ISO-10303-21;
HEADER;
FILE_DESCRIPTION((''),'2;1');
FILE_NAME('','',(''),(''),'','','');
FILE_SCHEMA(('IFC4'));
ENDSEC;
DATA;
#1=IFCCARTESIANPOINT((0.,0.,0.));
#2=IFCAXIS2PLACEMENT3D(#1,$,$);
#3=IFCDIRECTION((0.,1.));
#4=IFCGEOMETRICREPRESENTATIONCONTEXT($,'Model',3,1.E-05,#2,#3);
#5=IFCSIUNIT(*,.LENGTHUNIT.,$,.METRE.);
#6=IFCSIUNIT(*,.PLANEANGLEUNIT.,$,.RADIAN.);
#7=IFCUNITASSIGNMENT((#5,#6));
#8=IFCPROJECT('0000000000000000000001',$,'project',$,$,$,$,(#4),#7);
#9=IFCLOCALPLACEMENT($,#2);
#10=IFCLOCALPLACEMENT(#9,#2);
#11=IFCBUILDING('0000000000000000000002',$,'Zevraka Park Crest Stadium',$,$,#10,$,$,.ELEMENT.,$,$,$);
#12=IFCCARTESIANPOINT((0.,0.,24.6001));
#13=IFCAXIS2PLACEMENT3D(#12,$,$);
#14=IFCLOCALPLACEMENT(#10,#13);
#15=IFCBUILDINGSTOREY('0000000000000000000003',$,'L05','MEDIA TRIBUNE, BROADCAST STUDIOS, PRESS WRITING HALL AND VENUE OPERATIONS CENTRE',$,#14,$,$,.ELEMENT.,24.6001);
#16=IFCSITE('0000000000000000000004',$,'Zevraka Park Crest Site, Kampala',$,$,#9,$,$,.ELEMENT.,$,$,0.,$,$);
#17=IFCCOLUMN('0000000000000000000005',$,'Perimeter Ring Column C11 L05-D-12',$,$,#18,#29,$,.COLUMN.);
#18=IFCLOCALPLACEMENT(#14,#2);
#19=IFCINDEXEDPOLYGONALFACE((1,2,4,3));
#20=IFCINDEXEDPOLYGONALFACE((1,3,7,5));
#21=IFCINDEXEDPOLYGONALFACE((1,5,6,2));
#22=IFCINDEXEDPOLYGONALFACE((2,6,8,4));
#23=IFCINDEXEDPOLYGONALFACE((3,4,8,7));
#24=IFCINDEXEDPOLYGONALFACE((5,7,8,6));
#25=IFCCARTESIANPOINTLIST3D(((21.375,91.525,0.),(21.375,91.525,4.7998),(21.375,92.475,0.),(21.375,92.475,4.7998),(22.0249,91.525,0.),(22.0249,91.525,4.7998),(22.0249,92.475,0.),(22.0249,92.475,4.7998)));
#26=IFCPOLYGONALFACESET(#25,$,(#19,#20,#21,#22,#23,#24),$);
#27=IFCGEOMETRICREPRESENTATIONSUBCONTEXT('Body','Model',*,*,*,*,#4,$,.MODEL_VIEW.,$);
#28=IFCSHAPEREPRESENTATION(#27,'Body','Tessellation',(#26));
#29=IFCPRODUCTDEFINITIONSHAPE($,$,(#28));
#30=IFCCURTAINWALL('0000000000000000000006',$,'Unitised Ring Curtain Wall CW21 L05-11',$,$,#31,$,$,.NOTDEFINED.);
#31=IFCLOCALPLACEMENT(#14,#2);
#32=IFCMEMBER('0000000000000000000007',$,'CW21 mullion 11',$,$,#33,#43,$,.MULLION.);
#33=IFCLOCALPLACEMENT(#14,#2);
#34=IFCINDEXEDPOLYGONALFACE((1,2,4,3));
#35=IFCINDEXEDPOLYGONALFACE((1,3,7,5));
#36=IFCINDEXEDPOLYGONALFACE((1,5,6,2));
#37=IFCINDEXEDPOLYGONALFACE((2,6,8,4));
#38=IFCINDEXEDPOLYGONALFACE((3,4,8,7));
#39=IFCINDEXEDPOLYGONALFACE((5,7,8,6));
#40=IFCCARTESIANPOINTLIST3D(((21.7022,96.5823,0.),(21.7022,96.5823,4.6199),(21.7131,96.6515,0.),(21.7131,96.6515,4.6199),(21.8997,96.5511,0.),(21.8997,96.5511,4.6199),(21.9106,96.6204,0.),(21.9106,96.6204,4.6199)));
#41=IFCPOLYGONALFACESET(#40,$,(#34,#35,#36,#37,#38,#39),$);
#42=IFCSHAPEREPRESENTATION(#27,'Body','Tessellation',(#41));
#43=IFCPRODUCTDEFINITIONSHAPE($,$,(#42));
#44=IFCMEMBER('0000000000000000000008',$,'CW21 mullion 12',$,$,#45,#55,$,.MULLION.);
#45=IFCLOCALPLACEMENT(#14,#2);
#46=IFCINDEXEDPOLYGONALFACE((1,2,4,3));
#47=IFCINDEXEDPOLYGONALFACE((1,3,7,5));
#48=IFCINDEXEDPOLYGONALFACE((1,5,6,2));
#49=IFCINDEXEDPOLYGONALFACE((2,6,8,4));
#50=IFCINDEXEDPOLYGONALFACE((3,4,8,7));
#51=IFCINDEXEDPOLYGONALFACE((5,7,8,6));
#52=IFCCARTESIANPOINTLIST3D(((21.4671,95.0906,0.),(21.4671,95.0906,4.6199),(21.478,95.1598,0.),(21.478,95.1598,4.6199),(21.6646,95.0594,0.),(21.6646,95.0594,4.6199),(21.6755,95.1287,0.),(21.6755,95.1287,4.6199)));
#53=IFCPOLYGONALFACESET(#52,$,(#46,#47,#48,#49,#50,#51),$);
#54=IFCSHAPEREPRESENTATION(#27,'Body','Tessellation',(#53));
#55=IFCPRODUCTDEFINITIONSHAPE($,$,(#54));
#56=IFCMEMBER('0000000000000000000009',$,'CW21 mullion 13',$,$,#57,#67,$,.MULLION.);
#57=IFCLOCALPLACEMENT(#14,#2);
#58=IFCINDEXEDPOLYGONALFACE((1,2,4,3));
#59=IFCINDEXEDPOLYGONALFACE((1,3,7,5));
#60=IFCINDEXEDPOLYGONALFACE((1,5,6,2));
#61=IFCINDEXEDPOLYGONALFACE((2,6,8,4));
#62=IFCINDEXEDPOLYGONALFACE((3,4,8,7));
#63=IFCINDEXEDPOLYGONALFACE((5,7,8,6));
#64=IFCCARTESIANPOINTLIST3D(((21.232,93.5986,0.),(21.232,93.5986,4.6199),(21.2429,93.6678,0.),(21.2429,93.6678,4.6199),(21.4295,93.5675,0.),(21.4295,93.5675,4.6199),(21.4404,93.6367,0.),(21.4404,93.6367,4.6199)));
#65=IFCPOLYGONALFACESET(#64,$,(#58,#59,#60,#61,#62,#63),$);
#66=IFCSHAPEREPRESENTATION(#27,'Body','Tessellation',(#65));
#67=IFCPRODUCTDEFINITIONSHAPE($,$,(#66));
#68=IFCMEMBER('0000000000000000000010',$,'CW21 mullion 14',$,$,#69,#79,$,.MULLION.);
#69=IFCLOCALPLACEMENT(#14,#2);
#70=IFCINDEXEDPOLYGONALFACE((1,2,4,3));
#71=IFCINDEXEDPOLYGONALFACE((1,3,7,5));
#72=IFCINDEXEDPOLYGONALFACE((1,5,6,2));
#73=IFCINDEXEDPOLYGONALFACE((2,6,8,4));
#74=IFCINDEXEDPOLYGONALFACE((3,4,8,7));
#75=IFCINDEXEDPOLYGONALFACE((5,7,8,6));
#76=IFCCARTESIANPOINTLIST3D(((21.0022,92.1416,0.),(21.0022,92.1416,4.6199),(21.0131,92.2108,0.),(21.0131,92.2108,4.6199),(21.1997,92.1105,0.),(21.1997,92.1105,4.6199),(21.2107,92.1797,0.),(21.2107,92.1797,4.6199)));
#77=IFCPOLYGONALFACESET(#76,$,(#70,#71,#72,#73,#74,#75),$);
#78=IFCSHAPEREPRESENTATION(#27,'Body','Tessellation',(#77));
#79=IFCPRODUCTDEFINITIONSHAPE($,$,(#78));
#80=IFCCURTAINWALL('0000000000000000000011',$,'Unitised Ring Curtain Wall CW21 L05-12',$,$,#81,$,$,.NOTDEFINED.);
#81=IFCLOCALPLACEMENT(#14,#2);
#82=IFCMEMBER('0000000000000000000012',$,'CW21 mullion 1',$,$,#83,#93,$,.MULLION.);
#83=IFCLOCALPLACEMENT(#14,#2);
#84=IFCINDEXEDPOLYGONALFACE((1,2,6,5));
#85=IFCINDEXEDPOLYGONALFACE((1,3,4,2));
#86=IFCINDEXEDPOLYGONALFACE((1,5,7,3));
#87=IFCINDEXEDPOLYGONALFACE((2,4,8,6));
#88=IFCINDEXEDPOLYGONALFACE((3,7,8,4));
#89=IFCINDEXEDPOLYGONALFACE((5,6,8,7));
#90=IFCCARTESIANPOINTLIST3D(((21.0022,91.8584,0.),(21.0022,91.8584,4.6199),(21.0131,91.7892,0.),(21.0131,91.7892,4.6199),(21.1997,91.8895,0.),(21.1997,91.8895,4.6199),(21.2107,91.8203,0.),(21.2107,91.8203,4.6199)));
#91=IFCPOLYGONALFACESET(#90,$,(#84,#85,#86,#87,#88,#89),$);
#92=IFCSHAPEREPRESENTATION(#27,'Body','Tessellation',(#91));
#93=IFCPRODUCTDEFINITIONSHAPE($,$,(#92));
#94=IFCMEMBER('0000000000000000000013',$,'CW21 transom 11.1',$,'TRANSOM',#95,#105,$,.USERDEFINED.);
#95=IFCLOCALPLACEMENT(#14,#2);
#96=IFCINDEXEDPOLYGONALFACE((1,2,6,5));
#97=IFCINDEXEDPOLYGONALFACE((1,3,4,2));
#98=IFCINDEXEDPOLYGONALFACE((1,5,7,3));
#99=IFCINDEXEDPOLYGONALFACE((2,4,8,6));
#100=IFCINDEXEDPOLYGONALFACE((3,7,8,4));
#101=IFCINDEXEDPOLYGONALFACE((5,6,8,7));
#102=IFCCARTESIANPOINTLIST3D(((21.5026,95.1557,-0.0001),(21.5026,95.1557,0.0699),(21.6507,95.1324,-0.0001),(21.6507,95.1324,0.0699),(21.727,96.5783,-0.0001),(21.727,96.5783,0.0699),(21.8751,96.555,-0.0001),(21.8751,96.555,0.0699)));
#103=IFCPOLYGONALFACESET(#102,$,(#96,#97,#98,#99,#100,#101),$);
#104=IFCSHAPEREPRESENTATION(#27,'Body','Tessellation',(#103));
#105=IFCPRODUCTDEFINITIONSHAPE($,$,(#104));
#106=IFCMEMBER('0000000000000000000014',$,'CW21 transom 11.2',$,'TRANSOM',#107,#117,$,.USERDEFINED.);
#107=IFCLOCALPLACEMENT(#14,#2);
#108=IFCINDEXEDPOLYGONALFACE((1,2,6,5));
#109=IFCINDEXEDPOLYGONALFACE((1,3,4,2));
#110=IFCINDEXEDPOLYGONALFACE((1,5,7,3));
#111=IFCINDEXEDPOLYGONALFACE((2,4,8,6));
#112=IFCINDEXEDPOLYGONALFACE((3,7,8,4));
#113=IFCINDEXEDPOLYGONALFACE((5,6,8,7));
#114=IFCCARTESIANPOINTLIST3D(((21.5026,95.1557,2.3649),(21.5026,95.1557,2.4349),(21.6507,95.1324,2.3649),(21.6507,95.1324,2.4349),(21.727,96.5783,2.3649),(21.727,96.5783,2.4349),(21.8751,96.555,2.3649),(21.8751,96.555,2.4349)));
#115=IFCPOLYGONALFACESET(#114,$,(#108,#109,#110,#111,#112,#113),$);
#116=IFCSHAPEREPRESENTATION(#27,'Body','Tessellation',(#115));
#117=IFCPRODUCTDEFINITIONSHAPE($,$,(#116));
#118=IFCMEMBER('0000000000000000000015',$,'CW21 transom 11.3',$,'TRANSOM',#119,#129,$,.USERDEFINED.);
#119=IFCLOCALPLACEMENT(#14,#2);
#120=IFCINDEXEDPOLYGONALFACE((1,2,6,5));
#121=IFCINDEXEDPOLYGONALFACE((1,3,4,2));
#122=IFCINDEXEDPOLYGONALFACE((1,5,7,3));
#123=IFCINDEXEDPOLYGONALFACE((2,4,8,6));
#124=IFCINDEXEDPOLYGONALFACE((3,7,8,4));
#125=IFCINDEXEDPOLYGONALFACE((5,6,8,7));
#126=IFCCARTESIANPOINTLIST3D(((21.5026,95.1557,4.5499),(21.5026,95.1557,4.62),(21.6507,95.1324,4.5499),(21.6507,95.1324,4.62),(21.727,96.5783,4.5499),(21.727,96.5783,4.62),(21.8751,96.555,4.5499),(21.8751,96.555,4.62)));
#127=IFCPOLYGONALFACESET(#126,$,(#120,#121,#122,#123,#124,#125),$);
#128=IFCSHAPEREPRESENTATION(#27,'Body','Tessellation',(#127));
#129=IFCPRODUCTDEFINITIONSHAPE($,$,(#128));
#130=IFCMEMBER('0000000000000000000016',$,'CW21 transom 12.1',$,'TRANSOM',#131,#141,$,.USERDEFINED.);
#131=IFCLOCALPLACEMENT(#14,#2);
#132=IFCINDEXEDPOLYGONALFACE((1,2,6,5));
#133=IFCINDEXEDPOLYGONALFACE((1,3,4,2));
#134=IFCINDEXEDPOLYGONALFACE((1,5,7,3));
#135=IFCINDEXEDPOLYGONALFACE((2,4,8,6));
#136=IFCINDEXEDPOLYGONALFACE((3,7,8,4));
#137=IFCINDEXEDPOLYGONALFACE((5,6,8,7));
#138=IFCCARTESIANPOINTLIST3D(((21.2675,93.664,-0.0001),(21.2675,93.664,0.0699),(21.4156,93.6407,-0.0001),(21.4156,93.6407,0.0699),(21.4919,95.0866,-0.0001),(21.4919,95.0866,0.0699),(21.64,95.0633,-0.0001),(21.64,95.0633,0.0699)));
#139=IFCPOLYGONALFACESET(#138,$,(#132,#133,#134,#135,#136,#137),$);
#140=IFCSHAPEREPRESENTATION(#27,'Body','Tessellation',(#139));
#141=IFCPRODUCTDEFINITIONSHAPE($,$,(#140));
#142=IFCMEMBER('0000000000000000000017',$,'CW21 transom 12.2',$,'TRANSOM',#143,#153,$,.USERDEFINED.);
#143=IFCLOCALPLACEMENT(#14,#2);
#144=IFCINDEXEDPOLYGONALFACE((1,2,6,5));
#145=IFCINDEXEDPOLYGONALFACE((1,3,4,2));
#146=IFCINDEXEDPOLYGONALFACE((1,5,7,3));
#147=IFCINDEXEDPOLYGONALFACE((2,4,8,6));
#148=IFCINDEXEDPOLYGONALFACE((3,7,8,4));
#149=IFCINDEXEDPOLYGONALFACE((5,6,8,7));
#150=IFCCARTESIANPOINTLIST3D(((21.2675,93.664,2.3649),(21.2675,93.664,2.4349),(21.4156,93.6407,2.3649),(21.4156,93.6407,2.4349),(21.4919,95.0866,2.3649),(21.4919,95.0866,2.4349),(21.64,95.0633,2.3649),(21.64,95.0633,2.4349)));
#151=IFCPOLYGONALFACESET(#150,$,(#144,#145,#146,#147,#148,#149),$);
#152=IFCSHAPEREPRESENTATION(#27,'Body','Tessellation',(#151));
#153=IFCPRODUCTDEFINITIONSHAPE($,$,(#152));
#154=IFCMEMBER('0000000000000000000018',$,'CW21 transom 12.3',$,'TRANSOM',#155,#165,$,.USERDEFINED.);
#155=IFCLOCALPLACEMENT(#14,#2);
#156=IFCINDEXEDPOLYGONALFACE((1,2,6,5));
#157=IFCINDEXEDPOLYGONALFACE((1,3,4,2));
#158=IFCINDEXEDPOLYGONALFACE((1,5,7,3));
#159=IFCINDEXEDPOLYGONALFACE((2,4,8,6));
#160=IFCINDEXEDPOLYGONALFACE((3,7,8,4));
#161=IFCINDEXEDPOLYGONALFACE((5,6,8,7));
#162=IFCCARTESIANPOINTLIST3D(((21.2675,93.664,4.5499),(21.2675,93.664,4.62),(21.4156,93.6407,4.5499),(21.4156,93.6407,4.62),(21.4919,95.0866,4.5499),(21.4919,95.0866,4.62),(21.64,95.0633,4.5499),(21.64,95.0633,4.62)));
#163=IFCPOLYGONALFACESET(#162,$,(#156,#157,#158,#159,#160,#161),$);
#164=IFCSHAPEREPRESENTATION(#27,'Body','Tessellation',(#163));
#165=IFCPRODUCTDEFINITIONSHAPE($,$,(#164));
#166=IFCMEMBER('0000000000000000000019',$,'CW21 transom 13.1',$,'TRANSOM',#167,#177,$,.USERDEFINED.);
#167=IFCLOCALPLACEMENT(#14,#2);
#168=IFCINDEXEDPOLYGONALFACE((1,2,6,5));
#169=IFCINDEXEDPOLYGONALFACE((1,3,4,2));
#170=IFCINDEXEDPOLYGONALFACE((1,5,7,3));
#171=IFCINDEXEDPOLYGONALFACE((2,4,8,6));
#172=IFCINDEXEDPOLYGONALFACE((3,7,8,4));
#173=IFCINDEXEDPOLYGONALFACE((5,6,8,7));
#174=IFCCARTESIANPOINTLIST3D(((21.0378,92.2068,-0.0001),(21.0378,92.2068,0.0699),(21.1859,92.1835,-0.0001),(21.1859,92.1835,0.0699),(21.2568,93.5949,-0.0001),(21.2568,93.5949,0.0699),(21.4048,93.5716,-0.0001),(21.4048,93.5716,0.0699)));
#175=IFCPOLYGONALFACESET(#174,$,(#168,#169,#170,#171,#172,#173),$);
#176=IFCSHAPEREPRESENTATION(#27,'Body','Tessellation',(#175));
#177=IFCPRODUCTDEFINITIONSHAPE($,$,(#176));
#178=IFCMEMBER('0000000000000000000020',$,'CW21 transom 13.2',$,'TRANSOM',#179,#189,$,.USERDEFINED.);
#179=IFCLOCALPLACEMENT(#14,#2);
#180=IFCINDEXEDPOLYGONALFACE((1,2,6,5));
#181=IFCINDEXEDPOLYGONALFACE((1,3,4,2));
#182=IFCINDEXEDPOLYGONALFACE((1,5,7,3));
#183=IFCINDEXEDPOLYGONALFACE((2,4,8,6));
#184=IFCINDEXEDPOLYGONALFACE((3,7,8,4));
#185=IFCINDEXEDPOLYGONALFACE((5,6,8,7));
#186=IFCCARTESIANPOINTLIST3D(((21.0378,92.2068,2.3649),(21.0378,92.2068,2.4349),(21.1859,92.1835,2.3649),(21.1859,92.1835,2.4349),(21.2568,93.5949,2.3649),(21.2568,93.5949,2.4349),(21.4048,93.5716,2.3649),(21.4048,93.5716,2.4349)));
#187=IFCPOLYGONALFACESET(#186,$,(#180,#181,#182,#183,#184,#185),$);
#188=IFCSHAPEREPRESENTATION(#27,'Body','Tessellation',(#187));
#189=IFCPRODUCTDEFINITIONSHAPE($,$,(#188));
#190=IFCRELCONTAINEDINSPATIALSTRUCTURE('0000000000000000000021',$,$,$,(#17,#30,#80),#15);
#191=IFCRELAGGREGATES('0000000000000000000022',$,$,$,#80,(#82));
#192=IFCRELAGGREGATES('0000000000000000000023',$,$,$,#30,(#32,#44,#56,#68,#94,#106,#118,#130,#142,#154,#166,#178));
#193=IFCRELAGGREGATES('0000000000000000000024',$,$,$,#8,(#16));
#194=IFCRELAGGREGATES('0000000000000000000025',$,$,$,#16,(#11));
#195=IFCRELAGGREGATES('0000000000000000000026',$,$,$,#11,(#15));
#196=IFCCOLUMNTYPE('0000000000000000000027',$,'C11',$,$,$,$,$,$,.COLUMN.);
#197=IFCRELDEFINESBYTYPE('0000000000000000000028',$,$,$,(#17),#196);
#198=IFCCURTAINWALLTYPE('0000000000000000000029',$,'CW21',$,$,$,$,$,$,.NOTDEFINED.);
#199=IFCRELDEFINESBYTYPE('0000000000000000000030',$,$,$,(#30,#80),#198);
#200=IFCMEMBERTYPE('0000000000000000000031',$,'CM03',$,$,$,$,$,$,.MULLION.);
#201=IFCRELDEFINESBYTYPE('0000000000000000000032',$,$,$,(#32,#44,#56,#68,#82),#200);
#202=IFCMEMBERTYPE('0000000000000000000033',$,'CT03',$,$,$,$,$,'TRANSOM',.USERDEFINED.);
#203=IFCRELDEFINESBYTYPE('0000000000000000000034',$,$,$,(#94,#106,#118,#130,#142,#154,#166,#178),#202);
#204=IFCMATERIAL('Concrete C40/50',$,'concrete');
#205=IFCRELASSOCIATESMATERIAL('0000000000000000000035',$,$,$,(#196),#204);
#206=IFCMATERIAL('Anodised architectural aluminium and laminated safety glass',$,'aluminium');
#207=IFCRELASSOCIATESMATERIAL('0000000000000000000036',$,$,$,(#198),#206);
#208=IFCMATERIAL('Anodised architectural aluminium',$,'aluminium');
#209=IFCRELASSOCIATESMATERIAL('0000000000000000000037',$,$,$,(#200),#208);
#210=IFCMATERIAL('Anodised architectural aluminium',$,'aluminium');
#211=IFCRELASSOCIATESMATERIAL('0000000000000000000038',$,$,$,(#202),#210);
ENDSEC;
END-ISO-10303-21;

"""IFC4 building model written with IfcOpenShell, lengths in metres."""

from ifc_helpers import new_model, si_unit, direction, frame, origin, origin_2d, place, context, subcontext, project, spatial, rectangle, extrude, material, material_profile, profile_set, type_object, element, aggregate, save


model = new_model("IFC4")

# Units and contexts
model_context = context("Model", 3, precision=1e-05, world=origin(), true_north=direction((0.0, 1.0)))
body_context = subcontext(model_context, "Body", "Model", "MODEL_VIEW")
ifc_project = project(units=[si_unit("LENGTHUNIT", "METRE"), si_unit("PLANEANGLEUNIT", "RADIAN")], contexts=[model_context])

# Site, building, storey
site_placement = place(None, origin())
site = spatial("IfcSite", under=ifc_project, at=site_placement, Name="Zevraka Park Crest Site, Kampala", CompositionType="ELEMENT", RefElevation=0.0)
building_placement = place(site_placement, origin())
building = spatial("IfcBuilding", under=site, at=building_placement, Name="Zevraka Park Crest Stadium", CompositionType="ELEMENT")
storey_placement = place(building_placement, frame((0.0, 0.0, 24.6001)))
storey = spatial("IfcBuildingStorey", under=building, at=storey_placement, Name="L05", Description="MEDIA TRIBUNE, BROADCAST STUDIOS, PRESS WRITING HALL AND VENUE OPERATIONS CENTRE", CompositionType="ELEMENT", Elevation=24.6001)

# Column
ifc_material_1 = material(Name="Concrete C40/50", Category="concrete")
ifc_material_profile_1 = material_profile(ifc_material_1, rectangle(XDim=0.6499, YDim=0.95, at=origin_2d()), Name="RC 950x650")
ifc_profile_set_1 = profile_set([ifc_material_profile_1], Name="Concrete C40/50")
column_type = type_object("IfcColumnType", Name="C11", PredefinedType="COLUMN", material=ifc_profile_set_1)
column_placement = place(storey_placement, frame((21.7, 92.0, 0.0), z_axis=(0.0, 0.0, 1.0), x_axis=(1.0, 0.0, 0.0)))
element("IfcColumn", 1, at=column_placement, inside=storey, type_object=column_type, Name="Perimeter Ring Column C11 L05-D-12", PredefinedType="COLUMN", context=body_context, shape_type="SweptSolid", body=[
    extrude(rectangle(XDim=0.6499, YDim=0.95, at=origin_2d()), origin(), (0.0, 0.0, 1.0), 4.7998),
])

# Curtain wall, members
ifc_material_2 = material(Name="Anodised architectural aluminium and laminated safety glass", Category="aluminium")
curtain_wall_type = type_object("IfcCurtainWallType", Name="CW21", PredefinedType="NOTDEFINED", material=ifc_material_2)
curtain_wall_1_placement = place(storey_placement, origin())
curtain_wall_1 = element("IfcCurtainWall", 2, at=curtain_wall_1_placement, inside=storey, type_object=curtain_wall_type, Name="Unitised Ring Curtain Wall CW21 L05-11", PredefinedType="NOTDEFINED")
ifc_material_3 = material(Name="Anodised architectural aluminium", Category="aluminium")
ifc_material_profile_2 = material_profile(ifc_material_3, rectangle(XDim=0.2, YDim=0.0701, at=origin_2d()), Name="ALU MULLION 200x70")
ifc_profile_set_2 = profile_set([ifc_material_profile_2], Name="Anodised architectural aluminium")
member_type_1 = type_object("IfcMemberType", Name="CM03", PredefinedType="MULLION", material=ifc_profile_set_2)
member_1_placement = place(storey_placement, frame((21.8064, 96.6013, 0.0), z_axis=(0.0, 0.0, 1.0), x_axis=(0.987803, -0.155711, 0.0)))
member_1 = element("IfcMember", 3, at=member_1_placement, type_object=member_type_1, Name="CW21 mullion 11", PredefinedType="MULLION", context=body_context, shape_type="SweptSolid", body=[
    extrude(rectangle(XDim=0.2, YDim=0.0701, at=origin_2d()), origin(), (0.0, 0.0, 1.0), 4.6199),
])
member_2_placement = place(storey_placement, frame((21.5713, 95.1096, 0.0), z_axis=(0.0, 0.0, 1.0), x_axis=(0.987803, -0.155711, 0.0)))
member_2 = element("IfcMember", 4, at=member_2_placement, type_object=member_type_1, Name="CW21 mullion 12", PredefinedType="MULLION", context=body_context, shape_type="SweptSolid", body=[
    extrude(rectangle(XDim=0.2, YDim=0.0701, at=origin_2d()), origin(), (0.0, 0.0, 1.0), 4.6199),
])
member_3_placement = place(storey_placement, frame((21.3362, 93.6177, 0.0), z_axis=(0.0, 0.0, 1.0), x_axis=(0.987803, -0.155711, 0.0)))
member_3 = element("IfcMember", 5, at=member_3_placement, type_object=member_type_1, Name="CW21 mullion 13", PredefinedType="MULLION", context=body_context, shape_type="SweptSolid", body=[
    extrude(rectangle(XDim=0.2, YDim=0.0701, at=origin_2d()), origin(), (0.0, 0.0, 1.0), 4.6199),
])
member_4_placement = place(storey_placement, frame((21.1064, 92.1606, 0.0), z_axis=(0.0, 0.0, 1.0), x_axis=(0.987803, -0.155711, 0.0)))
member_4 = element("IfcMember", 6, at=member_4_placement, type_object=member_type_1, Name="CW21 mullion 14", PredefinedType="MULLION", context=body_context, shape_type="SweptSolid", body=[
    extrude(rectangle(XDim=0.2, YDim=0.0701, at=origin_2d()), origin(), (0.0, 0.0, 1.0), 4.6199),
])

# Curtain wall, member
curtain_wall_2_placement = place(storey_placement, origin())
curtain_wall_2 = element("IfcCurtainWall", 7, at=curtain_wall_2_placement, inside=storey, type_object=curtain_wall_type, Name="Unitised Ring Curtain Wall CW21 L05-12", PredefinedType="NOTDEFINED")
member_5_placement = place(storey_placement, frame((21.1064, 91.8394, 0.0), z_axis=(0.0, 0.0, 1.0), x_axis=(0.987803, 0.155711, 0.0)))
member_5 = element("IfcMember", 8, at=member_5_placement, type_object=member_type_1, Name="CW21 mullion 1", PredefinedType="MULLION", context=body_context, shape_type="SweptSolid", body=[
    extrude(rectangle(XDim=0.2, YDim=0.0701, at=origin_2d()), origin(), (0.0, 0.0, 1.0), 4.6199),
])

# Members
ifc_material_4 = material(Name="Anodised architectural aluminium", Category="aluminium")
ifc_material_profile_3 = material_profile(ifc_material_4, rectangle(XDim=0.1499, YDim=0.0701, at=origin_2d()), Name="ALU TRANSOM 150x70")
ifc_profile_set_3 = profile_set([ifc_material_profile_3], Name="Anodised architectural aluminium")
member_type_2 = type_object("IfcMemberType", Name="CT03", ElementType="TRANSOM", PredefinedType="USERDEFINED", material=ifc_profile_set_3)
member_6_placement = place(storey_placement, frame((21.801, 96.5667, 0.0349), z_axis=(-0.155788, -0.98779, 0.0), x_axis=(0.98779, -0.155788, 0.0)))
member_6 = element("IfcMember", 9, at=member_6_placement, type_object=member_type_2, Name="CW21 transom 11.1", ObjectType="TRANSOM", PredefinedType="USERDEFINED", context=body_context, shape_type="SweptSolid", body=[
    extrude(rectangle(XDim=0.1499, YDim=0.0701, at=origin_2d()), origin(), (0.0, 0.0, 1.0), 1.4402),
])
member_7_placement = place(storey_placement, frame((21.801, 96.5667, 2.3999), z_axis=(-0.155788, -0.98779, 0.0), x_axis=(0.98779, -0.155788, 0.0)))
member_7 = element("IfcMember", 10, at=member_7_placement, type_object=member_type_2, Name="CW21 transom 11.2", ObjectType="TRANSOM", PredefinedType="USERDEFINED", context=body_context, shape_type="SweptSolid", body=[
    extrude(rectangle(XDim=0.1499, YDim=0.0701, at=origin_2d()), origin(), (0.0, 0.0, 1.0), 1.4402),
])
member_8_placement = place(storey_placement, frame((21.801, 96.5667, 4.585), z_axis=(-0.155788, -0.98779, 0.0), x_axis=(0.98779, -0.155788, 0.0)))
member_8 = element("IfcMember", 11, at=member_8_placement, type_object=member_type_2, Name="CW21 transom 11.3", ObjectType="TRANSOM", PredefinedType="USERDEFINED", context=body_context, shape_type="SweptSolid", body=[
    extrude(rectangle(XDim=0.1499, YDim=0.0701, at=origin_2d()), origin(), (0.0, 0.0, 1.0), 1.4402),
])
member_9_placement = place(storey_placement, frame((21.5659, 95.075, 0.0349), z_axis=(-0.155788, -0.98779, 0.0), x_axis=(0.98779, -0.155788, 0.0)))
member_9 = element("IfcMember", 12, at=member_9_placement, type_object=member_type_2, Name="CW21 transom 12.1", ObjectType="TRANSOM", PredefinedType="USERDEFINED", context=body_context, shape_type="SweptSolid", body=[
    extrude(rectangle(XDim=0.1499, YDim=0.0701, at=origin_2d()), origin(), (0.0, 0.0, 1.0), 1.4402),
])
member_10_placement = place(storey_placement, frame((21.5659, 95.075, 2.3999), z_axis=(-0.155788, -0.98779, 0.0), x_axis=(0.98779, -0.155788, 0.0)))
member_10 = element("IfcMember", 13, at=member_10_placement, type_object=member_type_2, Name="CW21 transom 12.2", ObjectType="TRANSOM", PredefinedType="USERDEFINED", context=body_context, shape_type="SweptSolid", body=[
    extrude(rectangle(XDim=0.1499, YDim=0.0701, at=origin_2d()), origin(), (0.0, 0.0, 1.0), 1.4402),
])
member_11_placement = place(storey_placement, frame((21.5659, 95.075, 4.585), z_axis=(-0.155788, -0.98779, 0.0), x_axis=(0.98779, -0.155788, 0.0)))
member_11 = element("IfcMember", 14, at=member_11_placement, type_object=member_type_2, Name="CW21 transom 12.3", ObjectType="TRANSOM", PredefinedType="USERDEFINED", context=body_context, shape_type="SweptSolid", body=[
    extrude(rectangle(XDim=0.1499, YDim=0.0701, at=origin_2d()), origin(), (0.0, 0.0, 1.0), 1.4402),
])
member_12_placement = place(storey_placement, frame((21.3308, 93.5833, 0.0349), z_axis=(-0.155829, -0.987784, 0.0), x_axis=(0.987784, -0.155829, 0.0)))
member_12 = element("IfcMember", 15, at=member_12_placement, type_object=member_type_2, Name="CW21 transom 13.1", ObjectType="TRANSOM", PredefinedType="USERDEFINED", context=body_context, shape_type="SweptSolid", body=[
    extrude(rectangle(XDim=0.1499, YDim=0.0701, at=origin_2d()), origin(), (0.0, 0.0, 1.0), 1.4053),
])
member_13_placement = place(storey_placement, frame((21.3308, 93.5833, 2.3999), z_axis=(-0.155829, -0.987784, 0.0), x_axis=(0.987784, -0.155829, 0.0)))
member_13 = element("IfcMember", 16, at=member_13_placement, type_object=member_type_2, Name="CW21 transom 13.2", ObjectType="TRANSOM", PredefinedType="USERDEFINED", context=body_context, shape_type="SweptSolid", body=[
    extrude(rectangle(XDim=0.1499, YDim=0.0701, at=origin_2d()), origin(), (0.0, 0.0, 1.0), 1.4053),
])
aggregate(curtain_wall_2, [member_5])

aggregate(curtain_wall_1, [member_1, member_2, member_3, member_4, member_6, member_7, member_8, member_9, member_10, member_11, member_12, member_13])

save(model, "model.ifc")
